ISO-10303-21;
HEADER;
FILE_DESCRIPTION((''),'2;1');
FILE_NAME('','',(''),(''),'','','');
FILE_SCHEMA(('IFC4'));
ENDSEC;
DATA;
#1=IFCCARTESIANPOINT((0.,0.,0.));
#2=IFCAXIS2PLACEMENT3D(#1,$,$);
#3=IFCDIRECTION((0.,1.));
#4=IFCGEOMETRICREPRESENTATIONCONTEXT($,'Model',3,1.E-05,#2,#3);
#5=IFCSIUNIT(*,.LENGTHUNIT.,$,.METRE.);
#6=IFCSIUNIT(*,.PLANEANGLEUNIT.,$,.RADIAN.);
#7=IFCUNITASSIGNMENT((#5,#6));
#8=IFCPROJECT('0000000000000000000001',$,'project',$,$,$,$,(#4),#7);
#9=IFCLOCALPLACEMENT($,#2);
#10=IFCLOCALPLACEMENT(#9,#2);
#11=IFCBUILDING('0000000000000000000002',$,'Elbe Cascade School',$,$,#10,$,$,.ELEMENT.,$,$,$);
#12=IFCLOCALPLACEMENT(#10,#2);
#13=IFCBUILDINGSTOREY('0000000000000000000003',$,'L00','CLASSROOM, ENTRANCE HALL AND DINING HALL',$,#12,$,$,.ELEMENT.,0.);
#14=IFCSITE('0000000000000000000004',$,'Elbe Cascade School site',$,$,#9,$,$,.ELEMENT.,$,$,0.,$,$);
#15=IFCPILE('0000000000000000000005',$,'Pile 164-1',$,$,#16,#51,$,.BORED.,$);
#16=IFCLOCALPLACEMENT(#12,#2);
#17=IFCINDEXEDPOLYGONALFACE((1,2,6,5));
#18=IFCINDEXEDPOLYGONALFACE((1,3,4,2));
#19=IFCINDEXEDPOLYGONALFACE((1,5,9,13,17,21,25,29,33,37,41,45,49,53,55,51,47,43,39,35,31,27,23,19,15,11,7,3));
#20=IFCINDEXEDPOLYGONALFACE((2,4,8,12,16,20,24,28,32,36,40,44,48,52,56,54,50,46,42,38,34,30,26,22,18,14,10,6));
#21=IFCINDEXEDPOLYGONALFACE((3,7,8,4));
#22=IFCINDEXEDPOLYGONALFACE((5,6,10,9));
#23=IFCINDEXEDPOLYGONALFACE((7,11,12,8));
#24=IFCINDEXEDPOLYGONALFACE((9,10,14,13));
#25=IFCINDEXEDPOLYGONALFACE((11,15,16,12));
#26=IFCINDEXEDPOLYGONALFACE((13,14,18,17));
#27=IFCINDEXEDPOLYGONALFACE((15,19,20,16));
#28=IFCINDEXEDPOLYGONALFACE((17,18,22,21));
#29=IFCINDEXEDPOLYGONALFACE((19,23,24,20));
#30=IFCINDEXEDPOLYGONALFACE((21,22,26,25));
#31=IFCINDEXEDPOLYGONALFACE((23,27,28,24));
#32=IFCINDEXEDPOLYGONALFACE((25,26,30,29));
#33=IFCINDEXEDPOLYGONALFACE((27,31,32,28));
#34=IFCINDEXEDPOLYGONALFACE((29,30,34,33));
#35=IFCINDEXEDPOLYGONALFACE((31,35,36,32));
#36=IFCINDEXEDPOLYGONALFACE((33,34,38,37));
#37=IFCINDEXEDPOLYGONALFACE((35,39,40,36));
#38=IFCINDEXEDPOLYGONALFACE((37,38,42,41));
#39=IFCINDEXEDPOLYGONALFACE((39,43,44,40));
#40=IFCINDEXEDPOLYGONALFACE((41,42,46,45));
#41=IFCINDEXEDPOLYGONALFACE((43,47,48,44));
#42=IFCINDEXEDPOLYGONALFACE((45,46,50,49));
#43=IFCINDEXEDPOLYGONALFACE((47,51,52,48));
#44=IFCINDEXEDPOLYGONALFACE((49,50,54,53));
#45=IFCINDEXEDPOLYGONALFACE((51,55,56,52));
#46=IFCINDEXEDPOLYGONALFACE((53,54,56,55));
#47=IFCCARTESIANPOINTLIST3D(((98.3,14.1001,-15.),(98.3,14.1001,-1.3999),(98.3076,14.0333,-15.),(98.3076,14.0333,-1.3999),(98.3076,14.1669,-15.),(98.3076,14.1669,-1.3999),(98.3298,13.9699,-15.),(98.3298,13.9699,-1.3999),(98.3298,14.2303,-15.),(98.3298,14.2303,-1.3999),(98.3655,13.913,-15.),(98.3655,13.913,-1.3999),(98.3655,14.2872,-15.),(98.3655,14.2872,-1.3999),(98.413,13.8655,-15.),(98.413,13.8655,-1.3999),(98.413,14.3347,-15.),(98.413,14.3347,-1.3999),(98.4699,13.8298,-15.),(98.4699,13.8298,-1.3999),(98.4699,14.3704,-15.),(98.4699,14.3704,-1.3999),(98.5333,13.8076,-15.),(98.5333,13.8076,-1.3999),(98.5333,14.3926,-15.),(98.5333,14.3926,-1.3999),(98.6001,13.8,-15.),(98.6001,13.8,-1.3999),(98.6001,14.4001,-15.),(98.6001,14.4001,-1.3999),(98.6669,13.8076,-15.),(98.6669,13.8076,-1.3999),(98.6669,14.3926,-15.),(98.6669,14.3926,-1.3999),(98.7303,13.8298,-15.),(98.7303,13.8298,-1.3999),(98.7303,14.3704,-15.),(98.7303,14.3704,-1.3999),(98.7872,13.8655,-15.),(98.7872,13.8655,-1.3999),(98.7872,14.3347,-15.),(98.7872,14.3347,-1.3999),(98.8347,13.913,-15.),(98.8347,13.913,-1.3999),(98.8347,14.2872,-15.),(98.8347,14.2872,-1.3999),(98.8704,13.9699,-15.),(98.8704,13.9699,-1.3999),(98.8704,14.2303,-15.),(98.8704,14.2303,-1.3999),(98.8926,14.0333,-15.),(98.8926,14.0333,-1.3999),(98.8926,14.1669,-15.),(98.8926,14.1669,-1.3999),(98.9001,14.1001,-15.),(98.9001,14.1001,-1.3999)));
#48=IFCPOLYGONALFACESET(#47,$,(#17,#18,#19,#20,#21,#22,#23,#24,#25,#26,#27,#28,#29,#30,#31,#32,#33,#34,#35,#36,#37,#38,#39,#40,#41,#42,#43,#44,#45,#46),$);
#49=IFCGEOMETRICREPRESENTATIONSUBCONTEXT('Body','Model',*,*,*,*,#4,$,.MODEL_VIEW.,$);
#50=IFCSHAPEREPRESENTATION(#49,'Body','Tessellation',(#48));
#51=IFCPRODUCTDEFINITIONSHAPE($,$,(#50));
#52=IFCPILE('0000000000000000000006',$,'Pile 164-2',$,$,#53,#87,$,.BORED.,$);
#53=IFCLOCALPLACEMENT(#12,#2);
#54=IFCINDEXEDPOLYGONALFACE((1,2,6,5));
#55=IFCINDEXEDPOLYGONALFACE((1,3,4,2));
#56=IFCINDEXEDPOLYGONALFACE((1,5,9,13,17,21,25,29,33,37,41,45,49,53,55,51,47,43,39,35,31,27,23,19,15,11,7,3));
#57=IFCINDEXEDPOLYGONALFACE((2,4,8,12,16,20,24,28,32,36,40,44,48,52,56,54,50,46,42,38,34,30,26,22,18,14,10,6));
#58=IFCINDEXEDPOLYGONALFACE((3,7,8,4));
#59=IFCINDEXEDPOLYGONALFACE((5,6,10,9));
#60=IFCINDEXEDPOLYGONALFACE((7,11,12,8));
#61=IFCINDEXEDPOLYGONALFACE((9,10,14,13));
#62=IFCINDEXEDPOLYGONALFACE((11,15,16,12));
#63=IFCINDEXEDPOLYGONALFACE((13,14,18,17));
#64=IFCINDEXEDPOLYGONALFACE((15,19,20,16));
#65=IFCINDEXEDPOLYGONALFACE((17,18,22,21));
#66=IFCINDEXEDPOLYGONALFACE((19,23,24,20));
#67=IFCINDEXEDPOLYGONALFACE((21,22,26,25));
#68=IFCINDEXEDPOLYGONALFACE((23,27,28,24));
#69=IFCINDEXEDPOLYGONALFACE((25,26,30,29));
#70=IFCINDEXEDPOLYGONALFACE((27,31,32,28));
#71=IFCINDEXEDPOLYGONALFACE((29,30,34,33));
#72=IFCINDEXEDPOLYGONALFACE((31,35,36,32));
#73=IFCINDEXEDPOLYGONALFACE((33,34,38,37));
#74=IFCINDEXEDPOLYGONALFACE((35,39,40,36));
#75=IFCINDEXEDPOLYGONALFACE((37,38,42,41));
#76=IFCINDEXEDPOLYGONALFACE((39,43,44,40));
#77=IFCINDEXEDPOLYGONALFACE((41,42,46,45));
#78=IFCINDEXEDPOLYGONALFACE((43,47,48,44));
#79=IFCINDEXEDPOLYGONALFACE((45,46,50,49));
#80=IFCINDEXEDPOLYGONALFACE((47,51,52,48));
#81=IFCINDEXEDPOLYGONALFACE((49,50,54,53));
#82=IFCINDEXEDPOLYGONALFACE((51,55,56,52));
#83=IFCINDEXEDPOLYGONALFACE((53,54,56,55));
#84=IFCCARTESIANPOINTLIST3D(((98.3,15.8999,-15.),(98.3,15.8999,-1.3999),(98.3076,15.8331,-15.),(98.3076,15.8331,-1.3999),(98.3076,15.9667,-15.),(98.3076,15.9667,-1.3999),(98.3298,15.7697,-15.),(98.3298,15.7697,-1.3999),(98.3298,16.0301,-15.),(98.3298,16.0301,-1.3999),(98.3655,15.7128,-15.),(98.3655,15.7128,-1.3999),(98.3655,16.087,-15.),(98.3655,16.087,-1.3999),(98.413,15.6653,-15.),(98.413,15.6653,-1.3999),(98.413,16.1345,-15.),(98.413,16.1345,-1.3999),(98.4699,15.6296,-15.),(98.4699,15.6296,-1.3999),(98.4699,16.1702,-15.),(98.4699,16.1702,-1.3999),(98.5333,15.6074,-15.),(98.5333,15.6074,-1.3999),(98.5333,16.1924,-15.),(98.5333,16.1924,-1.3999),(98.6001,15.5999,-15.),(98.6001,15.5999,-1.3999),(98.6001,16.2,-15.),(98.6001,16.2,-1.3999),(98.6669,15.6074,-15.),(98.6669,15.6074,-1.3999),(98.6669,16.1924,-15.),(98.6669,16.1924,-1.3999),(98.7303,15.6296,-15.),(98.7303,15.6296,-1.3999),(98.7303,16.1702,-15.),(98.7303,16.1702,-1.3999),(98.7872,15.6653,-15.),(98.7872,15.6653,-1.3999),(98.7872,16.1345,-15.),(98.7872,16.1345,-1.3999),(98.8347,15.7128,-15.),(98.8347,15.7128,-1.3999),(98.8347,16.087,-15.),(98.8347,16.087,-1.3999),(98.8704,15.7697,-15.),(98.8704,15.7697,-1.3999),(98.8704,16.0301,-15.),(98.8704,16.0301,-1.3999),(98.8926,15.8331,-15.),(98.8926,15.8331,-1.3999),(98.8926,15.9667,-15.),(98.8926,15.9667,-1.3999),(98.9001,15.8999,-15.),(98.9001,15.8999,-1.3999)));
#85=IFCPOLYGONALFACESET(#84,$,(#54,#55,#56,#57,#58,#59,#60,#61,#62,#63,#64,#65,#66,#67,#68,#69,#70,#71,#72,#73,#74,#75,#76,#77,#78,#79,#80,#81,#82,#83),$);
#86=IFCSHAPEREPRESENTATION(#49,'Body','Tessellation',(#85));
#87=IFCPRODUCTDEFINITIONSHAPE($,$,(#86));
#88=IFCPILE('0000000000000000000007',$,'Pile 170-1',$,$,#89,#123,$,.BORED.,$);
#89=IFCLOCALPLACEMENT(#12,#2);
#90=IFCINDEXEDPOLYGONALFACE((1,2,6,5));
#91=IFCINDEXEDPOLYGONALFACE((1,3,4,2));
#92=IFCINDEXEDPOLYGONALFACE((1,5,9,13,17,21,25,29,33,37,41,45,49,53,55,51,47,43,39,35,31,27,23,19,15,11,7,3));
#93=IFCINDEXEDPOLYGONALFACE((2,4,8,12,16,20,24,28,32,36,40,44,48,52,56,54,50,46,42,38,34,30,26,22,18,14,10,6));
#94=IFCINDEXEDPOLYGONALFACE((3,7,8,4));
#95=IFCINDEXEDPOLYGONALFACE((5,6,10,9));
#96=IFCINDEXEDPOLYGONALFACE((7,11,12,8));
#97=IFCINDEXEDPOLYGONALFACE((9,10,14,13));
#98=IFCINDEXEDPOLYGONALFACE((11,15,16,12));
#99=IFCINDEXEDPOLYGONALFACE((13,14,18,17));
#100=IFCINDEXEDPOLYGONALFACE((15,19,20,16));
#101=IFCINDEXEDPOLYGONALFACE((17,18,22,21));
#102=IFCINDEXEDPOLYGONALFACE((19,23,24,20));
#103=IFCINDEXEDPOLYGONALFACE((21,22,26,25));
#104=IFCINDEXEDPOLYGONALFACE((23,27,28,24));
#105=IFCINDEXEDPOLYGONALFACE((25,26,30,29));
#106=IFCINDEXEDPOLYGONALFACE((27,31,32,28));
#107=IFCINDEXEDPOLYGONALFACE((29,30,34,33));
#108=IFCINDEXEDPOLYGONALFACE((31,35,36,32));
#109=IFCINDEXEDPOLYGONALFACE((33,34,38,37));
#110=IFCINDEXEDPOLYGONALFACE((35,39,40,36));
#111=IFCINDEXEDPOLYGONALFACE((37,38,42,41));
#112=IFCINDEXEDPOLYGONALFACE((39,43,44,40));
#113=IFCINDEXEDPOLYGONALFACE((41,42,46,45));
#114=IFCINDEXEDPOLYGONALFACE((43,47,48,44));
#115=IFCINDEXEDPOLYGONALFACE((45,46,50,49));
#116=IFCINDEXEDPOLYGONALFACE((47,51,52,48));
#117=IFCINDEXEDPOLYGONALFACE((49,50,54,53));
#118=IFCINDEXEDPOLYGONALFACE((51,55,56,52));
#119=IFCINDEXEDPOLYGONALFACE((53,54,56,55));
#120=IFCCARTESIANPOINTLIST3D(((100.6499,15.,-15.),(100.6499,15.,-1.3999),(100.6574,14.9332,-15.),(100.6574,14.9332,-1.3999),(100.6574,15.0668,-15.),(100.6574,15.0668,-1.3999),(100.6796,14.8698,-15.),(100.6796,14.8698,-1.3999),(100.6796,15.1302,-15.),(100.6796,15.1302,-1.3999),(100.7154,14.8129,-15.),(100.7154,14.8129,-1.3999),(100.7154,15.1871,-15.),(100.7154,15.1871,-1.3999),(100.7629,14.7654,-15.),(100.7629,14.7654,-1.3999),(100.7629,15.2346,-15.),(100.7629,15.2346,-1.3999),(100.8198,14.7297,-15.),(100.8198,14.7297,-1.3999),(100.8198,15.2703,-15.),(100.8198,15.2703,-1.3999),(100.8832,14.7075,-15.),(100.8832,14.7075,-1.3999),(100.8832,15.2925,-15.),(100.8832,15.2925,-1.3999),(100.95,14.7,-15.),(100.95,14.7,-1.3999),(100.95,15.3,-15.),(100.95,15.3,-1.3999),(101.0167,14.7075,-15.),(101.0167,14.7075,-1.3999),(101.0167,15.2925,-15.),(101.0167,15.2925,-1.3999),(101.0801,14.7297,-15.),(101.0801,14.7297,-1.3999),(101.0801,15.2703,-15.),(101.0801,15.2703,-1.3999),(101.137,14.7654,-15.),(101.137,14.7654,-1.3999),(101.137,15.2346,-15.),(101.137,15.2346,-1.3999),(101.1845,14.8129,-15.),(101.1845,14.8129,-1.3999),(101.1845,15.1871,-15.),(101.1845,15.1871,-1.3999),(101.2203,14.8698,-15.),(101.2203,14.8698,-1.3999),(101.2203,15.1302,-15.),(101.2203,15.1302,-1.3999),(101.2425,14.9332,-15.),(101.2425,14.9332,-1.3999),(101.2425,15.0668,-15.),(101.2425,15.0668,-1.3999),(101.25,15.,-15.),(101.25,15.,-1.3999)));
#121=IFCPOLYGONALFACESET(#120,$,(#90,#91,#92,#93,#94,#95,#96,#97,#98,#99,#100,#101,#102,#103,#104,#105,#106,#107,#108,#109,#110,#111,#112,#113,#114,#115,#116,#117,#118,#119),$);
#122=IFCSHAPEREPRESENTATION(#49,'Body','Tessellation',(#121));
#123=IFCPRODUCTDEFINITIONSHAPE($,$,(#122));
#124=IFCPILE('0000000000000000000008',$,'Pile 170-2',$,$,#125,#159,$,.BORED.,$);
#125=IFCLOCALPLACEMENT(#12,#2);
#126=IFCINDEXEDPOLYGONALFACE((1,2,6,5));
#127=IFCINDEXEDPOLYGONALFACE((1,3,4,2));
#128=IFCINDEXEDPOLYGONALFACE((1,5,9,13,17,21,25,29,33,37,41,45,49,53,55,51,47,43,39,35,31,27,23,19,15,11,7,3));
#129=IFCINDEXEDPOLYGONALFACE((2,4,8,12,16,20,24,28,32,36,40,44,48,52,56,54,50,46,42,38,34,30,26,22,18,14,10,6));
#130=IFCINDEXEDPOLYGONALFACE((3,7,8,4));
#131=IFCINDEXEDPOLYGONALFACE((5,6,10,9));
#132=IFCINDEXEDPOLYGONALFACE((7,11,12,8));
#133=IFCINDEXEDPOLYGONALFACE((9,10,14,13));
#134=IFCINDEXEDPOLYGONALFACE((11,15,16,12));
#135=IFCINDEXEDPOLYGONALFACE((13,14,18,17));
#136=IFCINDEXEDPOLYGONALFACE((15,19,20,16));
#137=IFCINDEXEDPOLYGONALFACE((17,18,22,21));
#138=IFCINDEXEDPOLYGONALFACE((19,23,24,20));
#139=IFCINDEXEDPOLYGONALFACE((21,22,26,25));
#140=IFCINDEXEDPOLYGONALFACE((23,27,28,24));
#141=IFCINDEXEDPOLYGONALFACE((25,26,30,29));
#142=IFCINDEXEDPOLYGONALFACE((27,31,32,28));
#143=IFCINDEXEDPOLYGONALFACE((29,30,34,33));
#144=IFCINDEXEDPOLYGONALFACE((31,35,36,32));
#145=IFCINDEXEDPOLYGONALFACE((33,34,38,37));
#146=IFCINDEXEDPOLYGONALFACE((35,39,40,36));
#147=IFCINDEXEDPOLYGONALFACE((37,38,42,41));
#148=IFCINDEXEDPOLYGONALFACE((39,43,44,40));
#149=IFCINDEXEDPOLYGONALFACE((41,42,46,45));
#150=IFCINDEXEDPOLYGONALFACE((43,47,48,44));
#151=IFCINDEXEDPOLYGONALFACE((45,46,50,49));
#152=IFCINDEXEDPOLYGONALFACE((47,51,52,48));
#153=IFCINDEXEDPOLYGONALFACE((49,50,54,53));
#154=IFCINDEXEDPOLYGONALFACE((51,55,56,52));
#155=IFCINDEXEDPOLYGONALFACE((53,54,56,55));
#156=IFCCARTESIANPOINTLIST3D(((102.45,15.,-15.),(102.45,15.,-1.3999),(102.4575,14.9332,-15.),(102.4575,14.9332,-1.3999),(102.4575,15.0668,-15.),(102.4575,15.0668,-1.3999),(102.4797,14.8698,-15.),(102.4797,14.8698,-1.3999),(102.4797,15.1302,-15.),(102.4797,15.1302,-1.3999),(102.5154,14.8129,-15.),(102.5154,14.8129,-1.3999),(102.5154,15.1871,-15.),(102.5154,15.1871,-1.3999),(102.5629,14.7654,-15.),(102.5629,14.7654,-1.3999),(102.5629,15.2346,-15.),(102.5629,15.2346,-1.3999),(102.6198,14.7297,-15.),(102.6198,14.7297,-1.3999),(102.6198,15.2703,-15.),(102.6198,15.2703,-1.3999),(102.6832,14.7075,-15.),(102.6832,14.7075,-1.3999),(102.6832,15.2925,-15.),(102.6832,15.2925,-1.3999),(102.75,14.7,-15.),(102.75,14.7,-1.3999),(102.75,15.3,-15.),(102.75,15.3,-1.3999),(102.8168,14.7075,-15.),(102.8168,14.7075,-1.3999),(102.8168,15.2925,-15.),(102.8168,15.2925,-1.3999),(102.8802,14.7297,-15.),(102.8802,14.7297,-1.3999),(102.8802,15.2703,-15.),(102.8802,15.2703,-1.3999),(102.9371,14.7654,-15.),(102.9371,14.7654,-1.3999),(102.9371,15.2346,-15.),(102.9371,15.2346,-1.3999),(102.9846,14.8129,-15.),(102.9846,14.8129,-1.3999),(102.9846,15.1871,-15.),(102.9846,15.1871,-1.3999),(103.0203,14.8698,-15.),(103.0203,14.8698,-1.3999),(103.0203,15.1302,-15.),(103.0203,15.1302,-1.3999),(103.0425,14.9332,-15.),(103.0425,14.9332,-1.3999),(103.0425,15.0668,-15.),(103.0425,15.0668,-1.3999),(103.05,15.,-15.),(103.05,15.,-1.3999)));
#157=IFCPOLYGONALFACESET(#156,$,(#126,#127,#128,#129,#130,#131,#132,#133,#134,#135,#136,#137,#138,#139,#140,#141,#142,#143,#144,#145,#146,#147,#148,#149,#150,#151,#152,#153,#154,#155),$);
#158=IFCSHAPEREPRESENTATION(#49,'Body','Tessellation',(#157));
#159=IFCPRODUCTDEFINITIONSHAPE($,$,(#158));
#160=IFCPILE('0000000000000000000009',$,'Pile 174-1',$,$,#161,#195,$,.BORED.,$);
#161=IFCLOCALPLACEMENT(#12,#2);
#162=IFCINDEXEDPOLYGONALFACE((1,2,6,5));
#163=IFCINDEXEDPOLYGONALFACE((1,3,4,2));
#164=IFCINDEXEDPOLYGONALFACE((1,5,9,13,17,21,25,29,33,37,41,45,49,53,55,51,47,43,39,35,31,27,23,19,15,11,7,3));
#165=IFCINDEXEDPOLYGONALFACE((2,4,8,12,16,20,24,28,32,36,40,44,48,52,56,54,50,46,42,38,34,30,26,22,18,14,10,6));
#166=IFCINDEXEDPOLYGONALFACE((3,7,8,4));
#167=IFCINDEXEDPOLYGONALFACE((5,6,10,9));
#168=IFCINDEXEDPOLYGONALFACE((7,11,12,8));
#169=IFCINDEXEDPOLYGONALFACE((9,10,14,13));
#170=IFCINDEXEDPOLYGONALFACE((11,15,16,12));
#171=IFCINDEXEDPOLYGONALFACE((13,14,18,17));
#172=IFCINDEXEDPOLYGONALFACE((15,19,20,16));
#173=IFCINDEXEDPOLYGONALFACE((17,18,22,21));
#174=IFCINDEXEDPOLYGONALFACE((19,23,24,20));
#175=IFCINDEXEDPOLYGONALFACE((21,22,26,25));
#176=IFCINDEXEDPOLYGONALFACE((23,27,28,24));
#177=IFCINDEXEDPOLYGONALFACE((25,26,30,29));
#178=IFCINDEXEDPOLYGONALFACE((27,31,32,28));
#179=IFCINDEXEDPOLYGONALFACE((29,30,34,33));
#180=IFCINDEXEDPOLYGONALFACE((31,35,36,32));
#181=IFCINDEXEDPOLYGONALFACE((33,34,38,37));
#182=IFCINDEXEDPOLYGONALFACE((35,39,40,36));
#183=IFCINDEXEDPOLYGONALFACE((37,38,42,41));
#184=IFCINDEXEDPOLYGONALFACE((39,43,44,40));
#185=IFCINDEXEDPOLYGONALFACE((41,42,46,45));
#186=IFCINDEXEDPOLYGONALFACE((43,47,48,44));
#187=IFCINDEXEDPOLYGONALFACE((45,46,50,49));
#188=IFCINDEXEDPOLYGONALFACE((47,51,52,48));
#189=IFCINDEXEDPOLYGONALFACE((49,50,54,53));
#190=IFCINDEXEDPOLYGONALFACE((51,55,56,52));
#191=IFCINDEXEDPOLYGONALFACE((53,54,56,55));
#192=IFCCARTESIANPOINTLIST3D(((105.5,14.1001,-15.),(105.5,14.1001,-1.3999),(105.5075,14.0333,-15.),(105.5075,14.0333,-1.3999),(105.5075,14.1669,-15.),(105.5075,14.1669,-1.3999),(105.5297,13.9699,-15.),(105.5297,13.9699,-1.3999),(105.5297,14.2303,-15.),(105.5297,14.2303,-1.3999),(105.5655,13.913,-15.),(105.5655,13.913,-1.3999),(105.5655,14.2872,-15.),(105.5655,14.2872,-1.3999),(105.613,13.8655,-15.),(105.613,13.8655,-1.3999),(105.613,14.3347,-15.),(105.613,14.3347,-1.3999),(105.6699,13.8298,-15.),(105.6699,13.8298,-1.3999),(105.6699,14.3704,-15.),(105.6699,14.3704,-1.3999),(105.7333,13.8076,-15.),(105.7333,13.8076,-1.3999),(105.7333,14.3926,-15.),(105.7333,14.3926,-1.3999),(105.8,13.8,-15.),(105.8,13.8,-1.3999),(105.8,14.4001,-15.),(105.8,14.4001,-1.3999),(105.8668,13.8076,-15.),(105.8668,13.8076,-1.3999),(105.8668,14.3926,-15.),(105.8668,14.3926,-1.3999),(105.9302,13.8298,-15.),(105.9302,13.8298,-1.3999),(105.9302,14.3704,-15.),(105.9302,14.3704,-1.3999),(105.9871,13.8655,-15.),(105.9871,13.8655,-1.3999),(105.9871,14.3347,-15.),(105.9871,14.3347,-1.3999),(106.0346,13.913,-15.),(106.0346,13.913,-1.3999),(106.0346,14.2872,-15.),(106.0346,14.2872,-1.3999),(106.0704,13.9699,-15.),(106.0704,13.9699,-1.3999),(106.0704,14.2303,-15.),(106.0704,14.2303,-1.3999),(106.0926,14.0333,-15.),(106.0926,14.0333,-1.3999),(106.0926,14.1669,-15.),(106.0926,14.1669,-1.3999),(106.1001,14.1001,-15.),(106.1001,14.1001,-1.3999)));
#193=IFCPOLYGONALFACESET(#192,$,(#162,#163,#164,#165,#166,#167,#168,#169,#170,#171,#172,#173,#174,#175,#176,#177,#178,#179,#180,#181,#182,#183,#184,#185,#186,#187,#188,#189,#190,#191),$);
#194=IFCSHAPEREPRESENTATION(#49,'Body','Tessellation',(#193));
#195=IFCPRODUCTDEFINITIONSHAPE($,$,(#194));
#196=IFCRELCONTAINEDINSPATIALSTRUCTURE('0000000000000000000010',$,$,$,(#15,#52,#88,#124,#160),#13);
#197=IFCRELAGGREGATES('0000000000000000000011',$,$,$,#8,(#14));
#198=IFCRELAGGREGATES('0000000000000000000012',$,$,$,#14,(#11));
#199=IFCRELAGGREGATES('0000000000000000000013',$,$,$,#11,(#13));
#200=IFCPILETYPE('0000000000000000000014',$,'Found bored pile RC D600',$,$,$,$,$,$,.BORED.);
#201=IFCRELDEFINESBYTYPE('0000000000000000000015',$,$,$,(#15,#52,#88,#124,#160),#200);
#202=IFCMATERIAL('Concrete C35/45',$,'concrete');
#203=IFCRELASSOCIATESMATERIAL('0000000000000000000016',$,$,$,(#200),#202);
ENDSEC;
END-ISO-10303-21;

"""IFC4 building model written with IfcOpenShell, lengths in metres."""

from ifc_helpers import new_model, si_unit, direction, frame, origin, origin_2d, place, context, subcontext, project, spatial, circle, extrude, material, material_profile, profile_set, type_object, element, save


model = new_model("IFC4")

# Units and contexts
model_context = context("Model", 3, precision=1e-05, world=origin(), true_north=direction((0.0, 1.0)))
body_context = subcontext(model_context, "Body", "Model", "MODEL_VIEW")
ifc_project = project(units=[si_unit("LENGTHUNIT", "METRE"), si_unit("PLANEANGLEUNIT", "RADIAN")], contexts=[model_context])

# Site, building, storey
site_placement = place(None, origin())
site = spatial("IfcSite", under=ifc_project, at=site_placement, Name="Elbe Cascade School site", CompositionType="ELEMENT", RefElevation=0.0)
building_placement = place(site_placement, origin())
building = spatial("IfcBuilding", under=site, at=building_placement, Name="Elbe Cascade School", CompositionType="ELEMENT")
storey_placement = place(building_placement, origin())
storey = spatial("IfcBuildingStorey", under=building, at=storey_placement, Name="L00", Description="CLASSROOM, ENTRANCE HALL AND DINING HALL", CompositionType="ELEMENT", Elevation=0.0)

# Piles
ifc_material_1 = material(Name="Concrete C35/45", Category="concrete")
ifc_material_profile_1 = material_profile(ifc_material_1, circle(Radius=0.3, at=origin_2d()), Name="RC D600")
ifc_profile_set_1 = profile_set([ifc_material_profile_1], Name="Concrete C35/45")
pile_type = type_object("IfcPileType", Name="Found bored pile RC D600", PredefinedType="BORED", material=ifc_profile_set_1)
for number, where, z_axis, x_axis, name in (
    (1, (98.6001, 14.1001, -1.3999), (0.0, 0.0, -1.0), (1.0, 0.0, 0.0), "Pile 164-1"),
    (2, (98.6001, 15.8999, -1.3999), (0.0, 0.0, -1.0), (1.0, 0.0, 0.0), "Pile 164-2"),
    (3, (100.95, 15.0, -1.3999), (0.0, 0.0, -1.0), (1.0, 0.0, 0.0), "Pile 170-1"),
    (4, (102.75, 15.0, -1.3999), (0.0, 0.0, -1.0), (1.0, 0.0, 0.0), "Pile 170-2"),
    (5, (105.8, 14.1001, -1.3999), (0.0, 0.0, -1.0), (1.0, 0.0, 0.0), "Pile 174-1"),
):
    element("IfcPile", number, at=place(storey_placement, frame(where, z_axis=z_axis, x_axis=x_axis)), inside=storey, type_object=pile_type, Name=name, PredefinedType="BORED", context=body_context, shape_type="SweptSolid", body=[
        extrude(circle(Radius=0.3, at=origin_2d()), origin(), (0.0, 0.0, 1.0), 13.6001),
    ])

save(model, "model.ifc")
